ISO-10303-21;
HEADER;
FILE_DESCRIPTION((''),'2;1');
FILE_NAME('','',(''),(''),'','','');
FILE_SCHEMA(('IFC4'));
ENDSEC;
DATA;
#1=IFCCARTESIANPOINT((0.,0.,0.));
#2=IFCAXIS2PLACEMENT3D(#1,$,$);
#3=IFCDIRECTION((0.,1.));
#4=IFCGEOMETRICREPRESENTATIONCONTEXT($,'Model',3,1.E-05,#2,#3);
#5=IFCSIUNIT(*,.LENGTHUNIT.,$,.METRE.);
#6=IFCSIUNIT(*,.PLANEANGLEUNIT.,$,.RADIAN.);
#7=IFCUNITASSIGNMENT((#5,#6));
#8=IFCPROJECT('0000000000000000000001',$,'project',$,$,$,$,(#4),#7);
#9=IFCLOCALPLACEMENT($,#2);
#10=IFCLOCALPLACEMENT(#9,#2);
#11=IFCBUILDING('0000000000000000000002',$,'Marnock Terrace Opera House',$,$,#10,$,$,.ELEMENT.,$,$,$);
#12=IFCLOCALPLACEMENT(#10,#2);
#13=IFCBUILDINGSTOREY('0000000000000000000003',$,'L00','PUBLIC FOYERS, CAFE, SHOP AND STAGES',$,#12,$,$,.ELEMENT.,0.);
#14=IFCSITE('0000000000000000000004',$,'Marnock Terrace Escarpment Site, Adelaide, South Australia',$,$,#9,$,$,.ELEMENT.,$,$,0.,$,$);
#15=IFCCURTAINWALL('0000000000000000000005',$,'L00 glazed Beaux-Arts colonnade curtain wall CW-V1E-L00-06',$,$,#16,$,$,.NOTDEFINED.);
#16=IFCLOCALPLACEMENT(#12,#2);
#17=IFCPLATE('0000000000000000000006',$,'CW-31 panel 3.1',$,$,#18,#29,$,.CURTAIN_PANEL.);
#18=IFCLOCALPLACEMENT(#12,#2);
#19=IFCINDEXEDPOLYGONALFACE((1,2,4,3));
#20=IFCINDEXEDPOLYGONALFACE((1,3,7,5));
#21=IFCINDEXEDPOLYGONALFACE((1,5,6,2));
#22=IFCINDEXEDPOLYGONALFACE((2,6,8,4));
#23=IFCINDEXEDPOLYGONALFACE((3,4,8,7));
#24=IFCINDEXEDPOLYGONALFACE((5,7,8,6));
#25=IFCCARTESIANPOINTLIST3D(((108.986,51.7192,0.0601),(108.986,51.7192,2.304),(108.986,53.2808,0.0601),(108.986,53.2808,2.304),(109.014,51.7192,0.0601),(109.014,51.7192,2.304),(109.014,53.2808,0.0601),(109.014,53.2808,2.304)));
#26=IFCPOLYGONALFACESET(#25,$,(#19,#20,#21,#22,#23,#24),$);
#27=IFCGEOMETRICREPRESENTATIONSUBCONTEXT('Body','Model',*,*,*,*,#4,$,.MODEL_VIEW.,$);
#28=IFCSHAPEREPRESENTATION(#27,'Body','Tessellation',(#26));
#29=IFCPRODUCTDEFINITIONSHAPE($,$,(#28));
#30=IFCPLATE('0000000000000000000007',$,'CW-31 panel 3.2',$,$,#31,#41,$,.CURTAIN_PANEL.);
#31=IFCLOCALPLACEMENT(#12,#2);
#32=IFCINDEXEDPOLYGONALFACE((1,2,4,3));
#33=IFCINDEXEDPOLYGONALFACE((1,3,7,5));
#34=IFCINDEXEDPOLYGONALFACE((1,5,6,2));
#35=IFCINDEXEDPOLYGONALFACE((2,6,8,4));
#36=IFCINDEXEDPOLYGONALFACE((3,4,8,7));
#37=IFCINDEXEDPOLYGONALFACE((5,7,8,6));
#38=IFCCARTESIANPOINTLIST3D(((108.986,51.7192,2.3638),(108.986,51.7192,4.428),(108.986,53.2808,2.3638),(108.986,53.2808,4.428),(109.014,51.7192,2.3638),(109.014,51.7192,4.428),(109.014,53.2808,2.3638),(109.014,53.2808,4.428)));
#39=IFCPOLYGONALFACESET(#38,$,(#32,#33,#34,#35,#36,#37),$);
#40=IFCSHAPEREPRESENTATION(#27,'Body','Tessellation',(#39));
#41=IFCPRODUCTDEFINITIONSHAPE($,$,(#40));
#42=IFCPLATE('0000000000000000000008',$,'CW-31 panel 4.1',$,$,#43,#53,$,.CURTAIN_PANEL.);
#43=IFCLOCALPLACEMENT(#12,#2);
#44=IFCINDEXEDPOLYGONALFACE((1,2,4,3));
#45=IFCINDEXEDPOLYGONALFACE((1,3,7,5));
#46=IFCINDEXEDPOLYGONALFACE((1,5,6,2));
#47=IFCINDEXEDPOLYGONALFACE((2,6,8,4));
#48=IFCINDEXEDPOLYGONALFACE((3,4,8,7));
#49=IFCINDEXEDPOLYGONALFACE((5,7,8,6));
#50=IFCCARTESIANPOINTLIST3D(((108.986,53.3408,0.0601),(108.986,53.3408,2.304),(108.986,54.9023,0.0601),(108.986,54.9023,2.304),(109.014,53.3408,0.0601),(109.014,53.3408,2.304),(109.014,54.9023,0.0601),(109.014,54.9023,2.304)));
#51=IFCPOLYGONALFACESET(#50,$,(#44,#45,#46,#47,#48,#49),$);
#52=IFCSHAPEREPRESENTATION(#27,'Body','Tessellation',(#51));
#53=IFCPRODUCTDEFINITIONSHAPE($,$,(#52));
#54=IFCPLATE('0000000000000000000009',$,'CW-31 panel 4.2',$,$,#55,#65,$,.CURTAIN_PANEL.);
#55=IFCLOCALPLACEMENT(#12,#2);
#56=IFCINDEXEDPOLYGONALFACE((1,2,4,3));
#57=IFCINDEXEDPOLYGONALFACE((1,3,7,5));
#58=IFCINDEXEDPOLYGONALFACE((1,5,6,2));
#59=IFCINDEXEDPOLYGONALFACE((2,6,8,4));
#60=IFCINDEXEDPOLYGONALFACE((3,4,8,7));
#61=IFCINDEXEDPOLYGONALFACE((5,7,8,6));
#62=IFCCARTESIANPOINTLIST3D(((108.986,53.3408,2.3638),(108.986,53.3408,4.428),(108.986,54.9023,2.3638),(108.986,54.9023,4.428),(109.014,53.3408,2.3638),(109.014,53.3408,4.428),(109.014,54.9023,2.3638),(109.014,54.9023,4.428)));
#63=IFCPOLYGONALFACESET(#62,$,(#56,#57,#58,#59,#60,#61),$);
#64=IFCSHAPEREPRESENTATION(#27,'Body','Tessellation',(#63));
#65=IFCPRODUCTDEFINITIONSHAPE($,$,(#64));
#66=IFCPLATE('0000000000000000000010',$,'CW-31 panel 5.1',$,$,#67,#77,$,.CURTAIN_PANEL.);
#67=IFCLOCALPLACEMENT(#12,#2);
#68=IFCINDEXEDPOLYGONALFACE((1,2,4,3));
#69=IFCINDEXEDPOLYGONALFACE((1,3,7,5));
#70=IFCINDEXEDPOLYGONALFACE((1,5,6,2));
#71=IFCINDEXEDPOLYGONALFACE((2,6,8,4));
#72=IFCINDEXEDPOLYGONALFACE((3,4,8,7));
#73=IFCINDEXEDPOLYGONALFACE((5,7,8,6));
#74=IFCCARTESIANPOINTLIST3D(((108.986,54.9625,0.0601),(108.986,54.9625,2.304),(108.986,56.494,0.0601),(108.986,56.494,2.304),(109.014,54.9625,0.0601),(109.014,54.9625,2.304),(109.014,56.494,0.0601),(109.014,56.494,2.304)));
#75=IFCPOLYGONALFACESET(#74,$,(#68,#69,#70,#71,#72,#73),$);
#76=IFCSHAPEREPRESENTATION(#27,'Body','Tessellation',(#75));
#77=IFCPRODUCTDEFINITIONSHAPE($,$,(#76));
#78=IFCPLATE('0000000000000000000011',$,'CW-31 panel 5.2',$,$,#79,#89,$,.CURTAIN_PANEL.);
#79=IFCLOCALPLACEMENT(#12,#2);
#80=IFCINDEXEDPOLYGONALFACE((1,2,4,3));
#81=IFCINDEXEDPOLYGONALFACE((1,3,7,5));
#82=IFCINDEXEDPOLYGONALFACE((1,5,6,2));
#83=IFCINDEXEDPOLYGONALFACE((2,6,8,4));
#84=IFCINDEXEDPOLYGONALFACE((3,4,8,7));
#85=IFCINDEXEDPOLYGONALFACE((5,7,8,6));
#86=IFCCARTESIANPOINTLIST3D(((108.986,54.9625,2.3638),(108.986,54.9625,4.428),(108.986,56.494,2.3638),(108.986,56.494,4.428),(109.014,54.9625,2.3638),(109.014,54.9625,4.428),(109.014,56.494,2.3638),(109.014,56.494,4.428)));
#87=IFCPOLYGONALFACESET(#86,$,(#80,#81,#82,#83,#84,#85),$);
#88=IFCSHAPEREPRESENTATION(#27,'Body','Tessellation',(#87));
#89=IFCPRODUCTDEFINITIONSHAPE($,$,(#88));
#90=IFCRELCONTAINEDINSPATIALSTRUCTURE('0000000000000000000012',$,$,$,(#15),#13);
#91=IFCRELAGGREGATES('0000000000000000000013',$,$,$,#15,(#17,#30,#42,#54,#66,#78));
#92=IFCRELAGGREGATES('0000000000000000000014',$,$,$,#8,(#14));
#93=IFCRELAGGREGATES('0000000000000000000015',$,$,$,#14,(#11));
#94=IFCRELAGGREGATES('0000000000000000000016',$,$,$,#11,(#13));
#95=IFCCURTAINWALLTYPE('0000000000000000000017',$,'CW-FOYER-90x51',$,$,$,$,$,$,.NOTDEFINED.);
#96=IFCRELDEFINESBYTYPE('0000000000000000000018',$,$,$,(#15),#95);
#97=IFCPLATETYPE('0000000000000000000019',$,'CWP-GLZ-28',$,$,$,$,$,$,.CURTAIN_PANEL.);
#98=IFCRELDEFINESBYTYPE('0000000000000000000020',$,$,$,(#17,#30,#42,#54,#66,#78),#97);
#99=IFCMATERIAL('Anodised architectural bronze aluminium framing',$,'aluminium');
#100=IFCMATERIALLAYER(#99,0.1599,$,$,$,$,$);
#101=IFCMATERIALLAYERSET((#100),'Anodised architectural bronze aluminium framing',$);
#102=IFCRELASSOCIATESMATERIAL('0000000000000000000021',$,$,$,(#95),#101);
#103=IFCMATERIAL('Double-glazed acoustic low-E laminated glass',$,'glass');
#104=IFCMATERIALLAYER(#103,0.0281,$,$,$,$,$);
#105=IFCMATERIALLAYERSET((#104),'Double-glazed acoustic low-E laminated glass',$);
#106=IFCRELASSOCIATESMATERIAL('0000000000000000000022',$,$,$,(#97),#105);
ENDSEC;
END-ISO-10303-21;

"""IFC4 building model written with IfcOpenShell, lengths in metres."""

from ifc_helpers import new_model, si_unit, direction, frame, origin, origin_2d, place, context, subcontext, project, spatial, rectangle, extrude, material, layer, layer_set, type_object, element, aggregate, save


model = new_model("IFC4")

# Units and contexts
model_context = context("Model", 3, precision=1e-05, world=origin(), true_north=direction((0.0, 1.0)))
body_context = subcontext(model_context, "Body", "Model", "MODEL_VIEW")
ifc_project = project(units=[si_unit("LENGTHUNIT", "METRE"), si_unit("PLANEANGLEUNIT", "RADIAN")], contexts=[model_context])

# Site, building, storey
site_placement = place(None, origin())
site = spatial("IfcSite", under=ifc_project, at=site_placement, Name="Marnock Terrace Escarpment Site, Adelaide, South Australia", CompositionType="ELEMENT", RefElevation=0.0)
building_placement = place(site_placement, origin())
building = spatial("IfcBuilding", under=site, at=building_placement, Name="Marnock Terrace Opera House", CompositionType="ELEMENT")
storey_placement = place(building_placement, origin())
storey = spatial("IfcBuildingStorey", under=building, at=storey_placement, Name="L00", Description="PUBLIC FOYERS, CAFE, SHOP AND STAGES", CompositionType="ELEMENT", Elevation=0.0)

# Curtain wall
ifc_material_1 = material(Name="Anodised architectural bronze aluminium framing", Category="aluminium")
ifc_layer_1 = layer(ifc_material_1, 0.1599)
ifc_layer_set_1 = layer_set([ifc_layer_1], Name="Anodised architectural bronze aluminium framing")
curtain_wall_type = type_object("IfcCurtainWallType", Name="CW-FOYER-90x51", PredefinedType="NOTDEFINED", material=ifc_layer_set_1)
curtain_wall_1_placement = place(storey_placement, origin())
curtain_wall_1 = element("IfcCurtainWall", 1, at=curtain_wall_1_placement, inside=storey, type_object=curtain_wall_type, Name="L00 glazed Beaux-Arts colonnade curtain wall CW-V1E-L00-06", PredefinedType="NOTDEFINED")

# Plates
ifc_material_2 = material(Name="Double-glazed acoustic low-E laminated glass", Category="glass")
ifc_layer_2 = layer(ifc_material_2, 0.0281)
ifc_layer_set_2 = layer_set([ifc_layer_2], Name="Double-glazed acoustic low-E laminated glass")
plate_type = type_object("IfcPlateType", Name="CWP-GLZ-28", PredefinedType="CURTAIN_PANEL", material=ifc_layer_set_2)
plate_1_placement = place(storey_placement, frame((109.0, 52.5, 0.0601), z_axis=(0.0, 0.0, 1.0), x_axis=(0.0, 1.0, 0.0)))
plate_1 = element("IfcPlate", 2, at=plate_1_placement, type_object=plate_type, Name="CW-31 panel 3.1", PredefinedType="CURTAIN_PANEL", context=body_context, shape_type="SweptSolid", body=[
    extrude(rectangle(XDim=1.5615, YDim=0.0281, at=origin_2d()), origin(), (0.0, 0.0, 1.0), 2.2439),
])
plate_2_placement = place(storey_placement, frame((109.0, 52.5, 2.3638), z_axis=(0.0, 0.0, 1.0), x_axis=(0.0, 1.0, 0.0)))
plate_2 = element("IfcPlate", 3, at=plate_2_placement, type_object=plate_type, Name="CW-31 panel 3.2", PredefinedType="CURTAIN_PANEL", context=body_context, shape_type="SweptSolid", body=[
    extrude(rectangle(XDim=1.5615, YDim=0.0281, at=origin_2d()), origin(), (0.0, 0.0, 1.0), 2.0642),
])
plate_3_placement = place(storey_placement, frame((109.0, 54.1216, 0.0601), z_axis=(0.0, 0.0, 1.0), x_axis=(0.0, 1.0, 0.0)))
plate_3 = element("IfcPlate", 4, at=plate_3_placement, type_object=plate_type, Name="CW-31 panel 4.1", PredefinedType="CURTAIN_PANEL", context=body_context, shape_type="SweptSolid", body=[
    extrude(rectangle(XDim=1.5615, YDim=0.0281, at=origin_2d()), origin(), (0.0, 0.0, 1.0), 2.2439),
])
plate_4_placement = place(storey_placement, frame((109.0, 54.1216, 2.3638), z_axis=(0.0, 0.0, 1.0), x_axis=(0.0, 1.0, 0.0)))
plate_4 = element("IfcPlate", 5, at=plate_4_placement, type_object=plate_type, Name="CW-31 panel 4.2", PredefinedType="CURTAIN_PANEL", context=body_context, shape_type="SweptSolid", body=[
    extrude(rectangle(XDim=1.5615, YDim=0.0281, at=origin_2d()), origin(), (0.0, 0.0, 1.0), 2.0642),
])
plate_5_placement = place(storey_placement, frame((109.0, 55.7283, 0.0601), z_axis=(0.0, 0.0, 1.0), x_axis=(0.0, 1.0, 0.0)))
plate_5 = element("IfcPlate", 6, at=plate_5_placement, type_object=plate_type, Name="CW-31 panel 5.1", PredefinedType="CURTAIN_PANEL", context=body_context, shape_type="SweptSolid", body=[
    extrude(rectangle(XDim=1.5315, YDim=0.0281, at=origin_2d()), origin(), (0.0, 0.0, 1.0), 2.2439),
])
plate_6_placement = place(storey_placement, frame((109.0, 55.7283, 2.3638), z_axis=(0.0, 0.0, 1.0), x_axis=(0.0, 1.0, 0.0)))
plate_6 = element("IfcPlate", 7, at=plate_6_placement, type_object=plate_type, Name="CW-31 panel 5.2", PredefinedType="CURTAIN_PANEL", context=body_context, shape_type="SweptSolid", body=[
    extrude(rectangle(XDim=1.5315, YDim=0.0281, at=origin_2d()), origin(), (0.0, 0.0, 1.0), 2.0642),
])
aggregate(curtain_wall_1, [plate_1, plate_2, plate_3, plate_4, plate_5, plate_6])

save(model, "model.ifc")
